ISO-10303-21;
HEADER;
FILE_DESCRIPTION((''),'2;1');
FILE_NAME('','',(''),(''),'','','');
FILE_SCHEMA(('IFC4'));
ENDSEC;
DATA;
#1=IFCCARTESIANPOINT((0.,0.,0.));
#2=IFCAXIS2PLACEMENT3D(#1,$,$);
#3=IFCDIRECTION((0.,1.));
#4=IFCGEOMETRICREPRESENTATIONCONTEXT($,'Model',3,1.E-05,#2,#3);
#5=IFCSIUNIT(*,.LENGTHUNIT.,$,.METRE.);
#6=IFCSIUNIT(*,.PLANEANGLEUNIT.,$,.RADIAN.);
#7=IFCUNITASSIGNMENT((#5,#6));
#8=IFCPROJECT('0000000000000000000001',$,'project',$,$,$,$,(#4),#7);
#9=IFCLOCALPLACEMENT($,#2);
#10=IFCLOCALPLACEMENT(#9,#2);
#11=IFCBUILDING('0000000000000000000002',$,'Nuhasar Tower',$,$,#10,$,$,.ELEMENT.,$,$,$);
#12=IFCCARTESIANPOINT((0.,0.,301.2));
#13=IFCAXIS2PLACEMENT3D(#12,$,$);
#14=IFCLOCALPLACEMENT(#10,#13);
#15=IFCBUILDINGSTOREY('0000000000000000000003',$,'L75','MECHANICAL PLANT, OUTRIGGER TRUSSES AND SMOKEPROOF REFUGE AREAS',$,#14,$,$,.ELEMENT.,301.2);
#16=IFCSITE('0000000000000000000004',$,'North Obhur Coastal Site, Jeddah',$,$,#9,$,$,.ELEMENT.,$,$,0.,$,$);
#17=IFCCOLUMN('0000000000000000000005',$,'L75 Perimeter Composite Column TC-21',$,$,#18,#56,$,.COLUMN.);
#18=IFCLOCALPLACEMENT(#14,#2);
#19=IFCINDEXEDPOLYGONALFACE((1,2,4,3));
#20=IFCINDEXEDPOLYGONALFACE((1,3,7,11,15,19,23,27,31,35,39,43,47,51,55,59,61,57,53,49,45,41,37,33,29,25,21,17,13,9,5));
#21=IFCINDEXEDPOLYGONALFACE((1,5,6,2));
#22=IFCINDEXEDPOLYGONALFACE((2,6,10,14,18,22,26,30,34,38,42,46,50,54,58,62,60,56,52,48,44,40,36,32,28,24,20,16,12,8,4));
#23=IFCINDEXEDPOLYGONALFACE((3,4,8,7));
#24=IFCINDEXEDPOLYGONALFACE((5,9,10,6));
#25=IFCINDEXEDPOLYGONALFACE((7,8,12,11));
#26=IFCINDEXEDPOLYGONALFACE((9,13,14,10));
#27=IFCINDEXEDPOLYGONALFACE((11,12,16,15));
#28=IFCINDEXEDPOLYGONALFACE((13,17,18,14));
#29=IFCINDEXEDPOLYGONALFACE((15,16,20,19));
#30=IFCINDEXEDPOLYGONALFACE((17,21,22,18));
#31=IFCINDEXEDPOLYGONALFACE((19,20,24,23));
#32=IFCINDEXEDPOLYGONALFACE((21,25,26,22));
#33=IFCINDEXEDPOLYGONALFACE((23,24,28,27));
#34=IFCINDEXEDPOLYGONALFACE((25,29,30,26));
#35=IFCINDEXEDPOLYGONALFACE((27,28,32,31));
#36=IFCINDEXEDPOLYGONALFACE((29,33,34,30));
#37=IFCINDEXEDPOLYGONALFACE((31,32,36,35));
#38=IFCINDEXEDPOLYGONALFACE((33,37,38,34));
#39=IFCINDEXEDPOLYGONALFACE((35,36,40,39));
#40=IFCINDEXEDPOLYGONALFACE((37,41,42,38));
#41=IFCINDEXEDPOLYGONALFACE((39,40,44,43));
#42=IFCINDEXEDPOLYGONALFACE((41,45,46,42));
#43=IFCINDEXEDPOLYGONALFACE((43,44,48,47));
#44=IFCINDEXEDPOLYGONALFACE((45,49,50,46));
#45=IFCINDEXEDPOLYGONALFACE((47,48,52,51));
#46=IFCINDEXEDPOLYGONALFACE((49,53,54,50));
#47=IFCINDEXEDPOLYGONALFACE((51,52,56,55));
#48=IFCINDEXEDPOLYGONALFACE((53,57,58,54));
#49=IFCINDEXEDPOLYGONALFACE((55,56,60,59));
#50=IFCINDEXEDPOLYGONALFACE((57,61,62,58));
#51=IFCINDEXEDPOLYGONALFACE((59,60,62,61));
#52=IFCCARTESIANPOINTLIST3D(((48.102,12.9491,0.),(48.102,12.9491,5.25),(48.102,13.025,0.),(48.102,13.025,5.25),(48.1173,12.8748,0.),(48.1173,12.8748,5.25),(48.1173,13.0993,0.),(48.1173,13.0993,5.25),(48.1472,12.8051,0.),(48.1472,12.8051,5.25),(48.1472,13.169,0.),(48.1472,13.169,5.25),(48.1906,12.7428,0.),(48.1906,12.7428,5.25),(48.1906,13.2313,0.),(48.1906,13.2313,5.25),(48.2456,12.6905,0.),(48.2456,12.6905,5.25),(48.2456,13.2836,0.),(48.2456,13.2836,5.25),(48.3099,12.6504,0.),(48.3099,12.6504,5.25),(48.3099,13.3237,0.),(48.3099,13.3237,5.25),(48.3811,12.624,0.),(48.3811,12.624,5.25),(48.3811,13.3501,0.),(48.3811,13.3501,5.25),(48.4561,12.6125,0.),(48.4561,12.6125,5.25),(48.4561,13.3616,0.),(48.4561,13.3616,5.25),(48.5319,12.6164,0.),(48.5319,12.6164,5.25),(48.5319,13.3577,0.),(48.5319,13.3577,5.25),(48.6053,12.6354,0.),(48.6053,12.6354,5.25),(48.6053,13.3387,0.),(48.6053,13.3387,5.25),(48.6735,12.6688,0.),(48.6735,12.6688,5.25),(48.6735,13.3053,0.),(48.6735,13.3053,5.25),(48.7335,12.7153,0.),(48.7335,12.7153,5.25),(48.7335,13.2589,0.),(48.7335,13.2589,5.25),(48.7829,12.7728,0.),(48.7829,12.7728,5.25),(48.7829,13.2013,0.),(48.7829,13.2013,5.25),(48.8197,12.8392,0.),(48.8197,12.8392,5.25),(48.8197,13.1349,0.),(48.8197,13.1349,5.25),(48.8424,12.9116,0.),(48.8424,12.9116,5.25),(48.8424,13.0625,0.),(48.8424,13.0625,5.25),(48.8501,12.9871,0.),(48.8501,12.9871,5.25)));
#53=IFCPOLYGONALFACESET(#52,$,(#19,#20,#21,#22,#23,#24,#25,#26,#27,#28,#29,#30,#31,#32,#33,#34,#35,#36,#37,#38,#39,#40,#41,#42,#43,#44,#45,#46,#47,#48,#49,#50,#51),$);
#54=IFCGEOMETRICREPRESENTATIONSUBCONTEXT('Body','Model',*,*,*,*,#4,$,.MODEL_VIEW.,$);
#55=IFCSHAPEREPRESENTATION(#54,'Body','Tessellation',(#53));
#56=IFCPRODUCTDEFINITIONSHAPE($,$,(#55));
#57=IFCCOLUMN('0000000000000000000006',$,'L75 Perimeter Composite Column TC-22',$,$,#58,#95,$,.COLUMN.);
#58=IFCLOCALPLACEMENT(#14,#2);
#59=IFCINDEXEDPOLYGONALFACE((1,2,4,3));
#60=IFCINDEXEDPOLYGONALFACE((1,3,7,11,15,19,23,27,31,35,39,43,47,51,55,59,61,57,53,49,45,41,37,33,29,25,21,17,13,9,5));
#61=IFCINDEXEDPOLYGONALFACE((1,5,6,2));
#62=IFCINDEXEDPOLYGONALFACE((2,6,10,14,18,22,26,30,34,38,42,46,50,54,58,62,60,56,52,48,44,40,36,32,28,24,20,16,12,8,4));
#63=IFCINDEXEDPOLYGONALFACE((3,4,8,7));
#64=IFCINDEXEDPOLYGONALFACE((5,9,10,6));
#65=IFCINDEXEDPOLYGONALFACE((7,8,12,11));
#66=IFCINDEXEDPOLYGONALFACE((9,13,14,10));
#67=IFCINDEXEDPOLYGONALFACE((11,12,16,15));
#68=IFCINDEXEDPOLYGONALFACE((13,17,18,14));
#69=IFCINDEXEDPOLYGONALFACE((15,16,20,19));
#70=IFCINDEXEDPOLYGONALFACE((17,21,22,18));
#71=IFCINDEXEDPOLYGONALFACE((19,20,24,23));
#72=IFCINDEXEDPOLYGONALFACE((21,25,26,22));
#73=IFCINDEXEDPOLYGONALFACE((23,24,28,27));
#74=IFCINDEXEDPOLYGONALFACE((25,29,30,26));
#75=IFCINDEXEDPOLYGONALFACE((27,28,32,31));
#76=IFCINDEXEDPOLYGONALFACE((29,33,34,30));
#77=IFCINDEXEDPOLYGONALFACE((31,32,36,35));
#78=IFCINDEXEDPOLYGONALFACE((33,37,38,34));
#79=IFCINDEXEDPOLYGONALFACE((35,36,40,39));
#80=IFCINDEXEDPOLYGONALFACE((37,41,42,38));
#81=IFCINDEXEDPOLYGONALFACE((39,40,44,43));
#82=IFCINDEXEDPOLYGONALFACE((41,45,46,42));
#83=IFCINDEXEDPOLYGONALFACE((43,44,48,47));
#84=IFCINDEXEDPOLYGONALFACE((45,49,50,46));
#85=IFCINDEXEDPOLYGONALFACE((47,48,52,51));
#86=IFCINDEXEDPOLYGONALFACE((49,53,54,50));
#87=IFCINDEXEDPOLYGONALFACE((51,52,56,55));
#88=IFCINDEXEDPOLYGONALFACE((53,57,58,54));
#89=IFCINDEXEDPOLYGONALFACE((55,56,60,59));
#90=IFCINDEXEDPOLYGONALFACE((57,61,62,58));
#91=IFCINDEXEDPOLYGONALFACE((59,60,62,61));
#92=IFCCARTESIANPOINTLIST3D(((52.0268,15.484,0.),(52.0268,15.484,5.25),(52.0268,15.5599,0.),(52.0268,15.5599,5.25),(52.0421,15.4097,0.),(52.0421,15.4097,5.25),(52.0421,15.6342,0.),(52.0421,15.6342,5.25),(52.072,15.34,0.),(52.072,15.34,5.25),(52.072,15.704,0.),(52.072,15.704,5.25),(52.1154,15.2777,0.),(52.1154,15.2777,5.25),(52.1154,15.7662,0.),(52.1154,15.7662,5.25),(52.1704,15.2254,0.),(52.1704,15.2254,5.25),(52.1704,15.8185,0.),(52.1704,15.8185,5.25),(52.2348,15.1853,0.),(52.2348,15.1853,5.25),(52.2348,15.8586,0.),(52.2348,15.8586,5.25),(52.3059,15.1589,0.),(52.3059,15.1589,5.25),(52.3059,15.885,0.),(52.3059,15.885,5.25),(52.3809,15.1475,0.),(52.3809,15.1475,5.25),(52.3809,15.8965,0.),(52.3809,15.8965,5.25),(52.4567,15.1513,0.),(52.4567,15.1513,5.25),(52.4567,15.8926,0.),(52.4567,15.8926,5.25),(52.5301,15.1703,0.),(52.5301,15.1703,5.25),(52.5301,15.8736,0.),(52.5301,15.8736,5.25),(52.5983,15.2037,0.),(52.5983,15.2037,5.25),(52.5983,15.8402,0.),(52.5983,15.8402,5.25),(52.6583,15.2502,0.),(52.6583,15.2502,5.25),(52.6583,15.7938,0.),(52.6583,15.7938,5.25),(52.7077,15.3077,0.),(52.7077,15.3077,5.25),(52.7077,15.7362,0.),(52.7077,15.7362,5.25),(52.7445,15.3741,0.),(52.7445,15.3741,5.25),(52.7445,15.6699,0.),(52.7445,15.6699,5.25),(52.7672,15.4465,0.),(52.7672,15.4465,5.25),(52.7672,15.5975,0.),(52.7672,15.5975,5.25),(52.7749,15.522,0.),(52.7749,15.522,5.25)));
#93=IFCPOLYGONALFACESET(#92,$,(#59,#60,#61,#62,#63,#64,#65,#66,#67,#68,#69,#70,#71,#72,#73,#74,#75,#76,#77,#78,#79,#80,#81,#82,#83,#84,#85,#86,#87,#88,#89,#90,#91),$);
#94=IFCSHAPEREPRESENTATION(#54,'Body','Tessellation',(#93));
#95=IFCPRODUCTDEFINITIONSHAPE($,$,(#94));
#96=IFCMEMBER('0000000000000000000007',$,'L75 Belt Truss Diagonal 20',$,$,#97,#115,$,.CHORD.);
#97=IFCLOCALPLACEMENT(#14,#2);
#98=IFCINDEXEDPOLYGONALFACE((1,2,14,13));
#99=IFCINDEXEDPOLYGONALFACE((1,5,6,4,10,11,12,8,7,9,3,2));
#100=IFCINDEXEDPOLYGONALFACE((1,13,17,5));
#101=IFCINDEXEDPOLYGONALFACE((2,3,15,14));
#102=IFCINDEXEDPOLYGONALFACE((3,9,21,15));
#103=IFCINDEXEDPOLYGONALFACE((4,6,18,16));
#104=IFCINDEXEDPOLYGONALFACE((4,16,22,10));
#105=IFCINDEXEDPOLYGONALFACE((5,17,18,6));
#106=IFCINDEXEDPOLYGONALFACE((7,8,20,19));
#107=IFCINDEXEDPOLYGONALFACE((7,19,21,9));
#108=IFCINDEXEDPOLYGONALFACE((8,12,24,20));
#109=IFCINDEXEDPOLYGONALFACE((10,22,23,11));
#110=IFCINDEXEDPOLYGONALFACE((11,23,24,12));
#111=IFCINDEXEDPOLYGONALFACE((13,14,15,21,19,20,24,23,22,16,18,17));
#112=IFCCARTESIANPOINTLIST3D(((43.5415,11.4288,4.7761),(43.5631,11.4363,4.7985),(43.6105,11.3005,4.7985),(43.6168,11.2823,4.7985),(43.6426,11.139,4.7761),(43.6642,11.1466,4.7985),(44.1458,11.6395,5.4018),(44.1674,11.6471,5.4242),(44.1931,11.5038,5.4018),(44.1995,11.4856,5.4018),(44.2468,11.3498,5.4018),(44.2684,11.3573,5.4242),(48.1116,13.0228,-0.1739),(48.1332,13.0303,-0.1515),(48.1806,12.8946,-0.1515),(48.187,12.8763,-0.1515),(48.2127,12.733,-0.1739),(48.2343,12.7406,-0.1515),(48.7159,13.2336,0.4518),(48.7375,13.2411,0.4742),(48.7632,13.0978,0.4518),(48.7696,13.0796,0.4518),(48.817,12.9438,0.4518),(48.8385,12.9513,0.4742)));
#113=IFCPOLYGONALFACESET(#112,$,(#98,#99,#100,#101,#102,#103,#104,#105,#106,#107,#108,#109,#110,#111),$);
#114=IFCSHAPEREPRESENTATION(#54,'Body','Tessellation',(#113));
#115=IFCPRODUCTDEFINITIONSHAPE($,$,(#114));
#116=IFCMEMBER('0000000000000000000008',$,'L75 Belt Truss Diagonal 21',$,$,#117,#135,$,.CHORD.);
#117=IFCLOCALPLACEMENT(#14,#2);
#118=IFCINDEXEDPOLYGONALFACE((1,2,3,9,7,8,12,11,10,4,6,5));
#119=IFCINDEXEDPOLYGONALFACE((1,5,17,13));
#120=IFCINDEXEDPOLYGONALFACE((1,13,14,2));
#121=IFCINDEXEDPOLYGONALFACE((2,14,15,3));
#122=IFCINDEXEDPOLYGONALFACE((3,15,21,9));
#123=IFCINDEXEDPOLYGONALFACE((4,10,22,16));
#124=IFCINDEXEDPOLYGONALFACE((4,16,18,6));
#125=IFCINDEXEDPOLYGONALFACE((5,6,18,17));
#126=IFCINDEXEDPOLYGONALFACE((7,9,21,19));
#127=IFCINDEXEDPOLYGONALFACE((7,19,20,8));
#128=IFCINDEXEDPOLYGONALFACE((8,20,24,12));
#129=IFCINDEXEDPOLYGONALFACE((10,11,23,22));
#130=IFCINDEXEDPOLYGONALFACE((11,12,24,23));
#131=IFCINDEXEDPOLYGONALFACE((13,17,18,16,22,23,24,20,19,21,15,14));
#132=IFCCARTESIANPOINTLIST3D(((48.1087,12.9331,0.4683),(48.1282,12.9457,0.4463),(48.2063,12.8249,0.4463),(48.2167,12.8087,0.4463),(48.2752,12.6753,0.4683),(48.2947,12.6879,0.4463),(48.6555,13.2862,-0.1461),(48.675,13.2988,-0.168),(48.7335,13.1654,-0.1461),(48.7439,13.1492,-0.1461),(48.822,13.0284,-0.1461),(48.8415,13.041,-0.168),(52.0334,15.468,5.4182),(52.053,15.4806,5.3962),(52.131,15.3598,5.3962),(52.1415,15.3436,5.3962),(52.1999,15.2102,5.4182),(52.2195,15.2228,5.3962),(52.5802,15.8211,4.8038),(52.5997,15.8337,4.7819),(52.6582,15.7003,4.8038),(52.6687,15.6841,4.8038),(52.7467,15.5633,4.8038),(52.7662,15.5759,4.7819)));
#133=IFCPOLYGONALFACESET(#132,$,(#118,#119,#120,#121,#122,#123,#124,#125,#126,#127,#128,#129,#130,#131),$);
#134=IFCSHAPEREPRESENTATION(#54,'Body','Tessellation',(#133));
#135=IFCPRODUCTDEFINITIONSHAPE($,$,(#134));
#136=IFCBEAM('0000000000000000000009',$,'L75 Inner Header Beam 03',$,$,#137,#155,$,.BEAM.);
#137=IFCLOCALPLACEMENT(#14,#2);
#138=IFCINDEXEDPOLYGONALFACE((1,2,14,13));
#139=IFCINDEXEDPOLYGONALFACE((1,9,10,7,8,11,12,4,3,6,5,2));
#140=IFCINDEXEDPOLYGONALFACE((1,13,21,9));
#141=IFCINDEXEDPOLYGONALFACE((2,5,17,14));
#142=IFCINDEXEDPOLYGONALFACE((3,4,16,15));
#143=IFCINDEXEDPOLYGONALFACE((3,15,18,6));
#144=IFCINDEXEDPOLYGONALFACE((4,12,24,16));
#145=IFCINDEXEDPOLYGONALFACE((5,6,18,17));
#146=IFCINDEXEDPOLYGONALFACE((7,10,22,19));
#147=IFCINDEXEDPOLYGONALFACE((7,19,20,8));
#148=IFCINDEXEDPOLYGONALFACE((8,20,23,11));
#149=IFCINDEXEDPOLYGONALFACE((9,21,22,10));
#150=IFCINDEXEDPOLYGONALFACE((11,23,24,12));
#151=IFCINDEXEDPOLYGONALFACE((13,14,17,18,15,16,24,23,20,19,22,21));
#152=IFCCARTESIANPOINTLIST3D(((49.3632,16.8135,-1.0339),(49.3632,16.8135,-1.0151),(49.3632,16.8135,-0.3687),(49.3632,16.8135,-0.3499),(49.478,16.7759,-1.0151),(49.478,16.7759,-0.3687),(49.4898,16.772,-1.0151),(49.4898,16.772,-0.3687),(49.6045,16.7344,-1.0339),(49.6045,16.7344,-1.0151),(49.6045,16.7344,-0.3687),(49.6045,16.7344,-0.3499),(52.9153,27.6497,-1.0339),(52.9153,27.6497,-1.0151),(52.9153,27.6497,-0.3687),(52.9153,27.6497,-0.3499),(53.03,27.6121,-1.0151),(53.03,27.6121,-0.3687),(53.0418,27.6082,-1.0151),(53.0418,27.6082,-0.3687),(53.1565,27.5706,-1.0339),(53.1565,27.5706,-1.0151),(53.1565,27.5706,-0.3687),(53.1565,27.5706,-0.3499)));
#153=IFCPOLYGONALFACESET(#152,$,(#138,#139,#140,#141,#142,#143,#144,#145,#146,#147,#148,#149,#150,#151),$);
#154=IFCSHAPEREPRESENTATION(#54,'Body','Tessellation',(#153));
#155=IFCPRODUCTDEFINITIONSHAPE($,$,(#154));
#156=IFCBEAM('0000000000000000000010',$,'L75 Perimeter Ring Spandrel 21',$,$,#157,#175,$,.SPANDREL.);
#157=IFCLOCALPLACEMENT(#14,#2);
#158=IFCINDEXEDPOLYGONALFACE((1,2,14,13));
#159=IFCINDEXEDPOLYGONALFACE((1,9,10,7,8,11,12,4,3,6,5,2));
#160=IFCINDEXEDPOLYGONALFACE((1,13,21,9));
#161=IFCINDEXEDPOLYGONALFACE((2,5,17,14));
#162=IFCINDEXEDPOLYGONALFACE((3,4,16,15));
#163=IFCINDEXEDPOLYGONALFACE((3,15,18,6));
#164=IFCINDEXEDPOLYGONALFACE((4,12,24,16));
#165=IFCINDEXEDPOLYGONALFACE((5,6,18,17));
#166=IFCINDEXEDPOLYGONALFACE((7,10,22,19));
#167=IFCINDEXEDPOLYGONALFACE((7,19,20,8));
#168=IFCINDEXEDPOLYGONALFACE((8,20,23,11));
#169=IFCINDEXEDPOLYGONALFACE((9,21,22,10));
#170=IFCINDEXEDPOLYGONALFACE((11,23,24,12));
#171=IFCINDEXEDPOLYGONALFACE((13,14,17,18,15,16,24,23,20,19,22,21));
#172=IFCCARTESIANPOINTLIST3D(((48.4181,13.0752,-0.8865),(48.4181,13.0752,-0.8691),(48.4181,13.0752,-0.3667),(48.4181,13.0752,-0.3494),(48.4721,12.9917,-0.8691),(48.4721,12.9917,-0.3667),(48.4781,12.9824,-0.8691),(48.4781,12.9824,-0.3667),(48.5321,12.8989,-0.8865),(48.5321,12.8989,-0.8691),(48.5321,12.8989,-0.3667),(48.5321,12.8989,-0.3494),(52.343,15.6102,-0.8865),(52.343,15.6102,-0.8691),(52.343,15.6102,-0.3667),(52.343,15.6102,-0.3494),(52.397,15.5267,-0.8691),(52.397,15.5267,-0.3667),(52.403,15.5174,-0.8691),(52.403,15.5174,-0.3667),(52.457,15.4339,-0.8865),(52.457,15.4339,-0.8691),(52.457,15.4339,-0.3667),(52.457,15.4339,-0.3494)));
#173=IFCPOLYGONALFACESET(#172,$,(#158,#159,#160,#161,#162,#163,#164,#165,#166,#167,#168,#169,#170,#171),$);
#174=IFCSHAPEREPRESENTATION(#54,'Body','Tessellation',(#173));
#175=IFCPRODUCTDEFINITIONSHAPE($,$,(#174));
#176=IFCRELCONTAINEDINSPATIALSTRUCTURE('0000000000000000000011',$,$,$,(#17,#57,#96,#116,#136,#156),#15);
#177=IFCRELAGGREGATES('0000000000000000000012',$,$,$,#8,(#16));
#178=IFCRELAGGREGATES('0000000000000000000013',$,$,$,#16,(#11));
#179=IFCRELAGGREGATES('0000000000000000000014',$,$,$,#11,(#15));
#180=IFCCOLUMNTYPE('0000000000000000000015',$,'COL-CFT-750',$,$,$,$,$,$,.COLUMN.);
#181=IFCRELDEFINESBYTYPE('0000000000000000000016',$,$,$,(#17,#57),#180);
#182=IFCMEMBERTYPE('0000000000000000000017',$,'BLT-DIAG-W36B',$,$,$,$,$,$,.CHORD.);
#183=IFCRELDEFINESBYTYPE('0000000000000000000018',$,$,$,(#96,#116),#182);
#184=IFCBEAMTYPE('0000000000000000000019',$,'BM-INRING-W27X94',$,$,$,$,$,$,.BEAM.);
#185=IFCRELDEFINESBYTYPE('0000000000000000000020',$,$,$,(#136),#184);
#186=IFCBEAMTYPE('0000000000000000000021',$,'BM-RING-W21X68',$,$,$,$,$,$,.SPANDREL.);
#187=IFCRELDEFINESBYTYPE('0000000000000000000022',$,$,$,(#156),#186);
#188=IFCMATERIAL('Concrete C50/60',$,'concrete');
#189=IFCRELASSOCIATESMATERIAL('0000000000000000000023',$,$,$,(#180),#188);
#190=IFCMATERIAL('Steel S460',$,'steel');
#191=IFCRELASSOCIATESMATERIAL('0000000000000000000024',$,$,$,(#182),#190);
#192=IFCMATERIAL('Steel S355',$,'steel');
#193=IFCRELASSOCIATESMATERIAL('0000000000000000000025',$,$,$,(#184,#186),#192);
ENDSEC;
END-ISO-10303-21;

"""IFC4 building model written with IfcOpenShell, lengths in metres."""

from ifc_helpers import new_model, si_unit, direction, frame, origin, origin_2d, place, context, subcontext, project, spatial, circle, i_section, extrude, material, material_profile, profile_set, type_object, element, save


model = new_model("IFC4")

# Units and contexts
model_context = context("Model", 3, precision=1e-05, world=origin(), true_north=direction((0.0, 1.0)))
body_context = subcontext(model_context, "Body", "Model", "MODEL_VIEW")
ifc_project = project(units=[si_unit("LENGTHUNIT", "METRE"), si_unit("PLANEANGLEUNIT", "RADIAN")], contexts=[model_context])

# Site, building, storey
site_placement = place(None, origin())
site = spatial("IfcSite", under=ifc_project, at=site_placement, Name="North Obhur Coastal Site, Jeddah", CompositionType="ELEMENT", RefElevation=0.0)
building_placement = place(site_placement, origin())
building = spatial("IfcBuilding", under=site, at=building_placement, Name="Nuhasar Tower", CompositionType="ELEMENT")
storey_placement = place(building_placement, frame((0.0, 0.0, 301.2)))
storey = spatial("IfcBuildingStorey", under=building, at=storey_placement, Name="L75", Description="MECHANICAL PLANT, OUTRIGGER TRUSSES AND SMOKEPROOF REFUGE AREAS", CompositionType="ELEMENT", Elevation=301.2)

# Columns
ifc_material_1 = material(Name="Concrete C50/60", Category="concrete")
ifc_material_profile_1 = material_profile(ifc_material_1, circle(Radius=0.375, at=origin_2d()), Name="CFT750")
ifc_profile_set_1 = profile_set([ifc_material_profile_1], Name="Concrete C50/60")
column_type = type_object("IfcColumnType", Name="COL-CFT-750", PredefinedType="COLUMN", material=ifc_profile_set_1)
for number, where, z_axis, x_axis, name in (
    (1, (48.4751, 12.9871, 0.0), (0.0, 0.0, 1.0), (1.0, 0.0, 0.0), "L75 Perimeter Composite Column TC-21"),
    (2, (52.3999, 15.522, 0.0), (0.0, 0.0, 1.0), (1.0, 0.0, 0.0), "L75 Perimeter Composite Column TC-22"),
):
    element("IfcColumn", number, at=place(storey_placement, frame(where, z_axis=z_axis, x_axis=x_axis)), inside=storey, type_object=column_type, Name=name, PredefinedType="COLUMN", context=body_context, shape_type="SweptSolid", body=[
        extrude(circle(Radius=0.375, at=origin_2d()), origin(), (0.0, 0.0, 1.0), 5.25),
    ])

# Members
ifc_material_2 = material(Name="Steel S460", Category="steel")
ifc_material_profile_2 = material_profile(ifc_material_2, i_section(OverallWidth=0.3069, OverallDepth=0.927, WebThickness=0.0193, FlangeThickness=0.032, at=origin_2d()), Name="W36X194")
ifc_profile_set_2 = profile_set([ifc_material_profile_2], Name="Steel S460")
member_type_1 = type_object("IfcMemberType", Name="BLT-DIAG-W36B", PredefinedType="CHORD", material=ifc_profile_set_2)
member_1_placement = place(storey_placement, frame((48.4751, 12.9871, 0.1501), z_axis=(-0.660125, -0.230245, 0.714998), x_axis=(0.329332, -0.944214, 0.0)))
element("IfcMember", 3, at=member_1_placement, inside=storey, type_object=member_type_1, Name="L75 Belt Truss Diagonal 20", PredefinedType="CHORD", context=body_context, shape_type="SweptSolid", body=[
    extrude(i_section(OverallWidth=0.3069, OverallDepth=0.927, WebThickness=0.0193, FlangeThickness=0.032, at=origin_2d()), origin(), (0.0, 0.0, 1.0), 6.9231),
])
member_2_placement = place(storey_placement, frame((48.4751, 12.9871, 0.1501), z_axis=(0.576605, 0.372411, 0.727212), x_axis=(-0.542547, 0.840025, 0.0)))
element("IfcMember", 4, at=member_2_placement, inside=storey, type_object=member_type_1, Name="L75 Belt Truss Diagonal 21", PredefinedType="CHORD", context=body_context, shape_type="SweptSolid", body=[
    extrude(i_section(OverallWidth=0.3069, OverallDepth=0.927, WebThickness=0.0193, FlangeThickness=0.032, at=origin_2d()), origin(), (0.0, 0.0, 1.0), 6.8066),
])

# Beams
ifc_material_3 = material(Name="Steel S355", Category="steel")
ifc_material_profile_3 = material_profile(ifc_material_3, i_section(OverallWidth=0.2539, OverallDepth=0.6841, WebThickness=0.0125, FlangeThickness=0.0188, at=origin_2d()), Name="W27X94")
ifc_profile_set_3 = profile_set([ifc_material_profile_3], Name="Steel S355")
beam_type_1 = type_object("IfcBeamType", Name="BM-INRING-W27X94", PredefinedType="BEAM", material=ifc_profile_set_3)
beam_1_placement = place(storey_placement, frame((49.4839, 16.7739, -0.6919), z_axis=(0.311484, 0.950251, 0.0), x_axis=(-0.950251, 0.311484, 0.0)))
element("IfcBeam", 5, at=beam_1_placement, inside=storey, type_object=beam_type_1, Name="L75 Inner Header Beam 03", PredefinedType="BEAM", context=body_context, shape_type="SweptSolid", body=[
    extrude(i_section(OverallWidth=0.2539, OverallDepth=0.6841, WebThickness=0.0125, FlangeThickness=0.0188, at=origin_2d()), origin(), (0.0, 0.0, 1.0), 11.4036),
])
ifc_material_profile_4 = material_profile(ifc_material_3, i_section(OverallWidth=0.21, OverallDepth=0.5371, WebThickness=0.011, FlangeThickness=0.0173, at=origin_2d()), Name="W21X68")
ifc_profile_set_4 = profile_set([ifc_material_profile_4], Name="Steel S355")
beam_type_2 = type_object("IfcBeamType", Name="BM-RING-W21X68", PredefinedType="SPANDREL", material=ifc_profile_set_4)
beam_2_placement = place(storey_placement, frame((48.4751, 12.9871, -0.6179), z_axis=(0.840025, 0.542547, 0.0), x_axis=(-0.542547, 0.840025, 0.0)))
element("IfcBeam", 6, at=beam_2_placement, inside=storey, type_object=beam_type_2, Name="L75 Perimeter Ring Spandrel 21", PredefinedType="SPANDREL", context=body_context, shape_type="SweptSolid", body=[
    extrude(i_section(OverallWidth=0.21, OverallDepth=0.5371, WebThickness=0.011, FlangeThickness=0.0173, at=origin_2d()), origin(), (0.0, 0.0, 1.0), 4.6724),
])

save(model, "model.ifc")
